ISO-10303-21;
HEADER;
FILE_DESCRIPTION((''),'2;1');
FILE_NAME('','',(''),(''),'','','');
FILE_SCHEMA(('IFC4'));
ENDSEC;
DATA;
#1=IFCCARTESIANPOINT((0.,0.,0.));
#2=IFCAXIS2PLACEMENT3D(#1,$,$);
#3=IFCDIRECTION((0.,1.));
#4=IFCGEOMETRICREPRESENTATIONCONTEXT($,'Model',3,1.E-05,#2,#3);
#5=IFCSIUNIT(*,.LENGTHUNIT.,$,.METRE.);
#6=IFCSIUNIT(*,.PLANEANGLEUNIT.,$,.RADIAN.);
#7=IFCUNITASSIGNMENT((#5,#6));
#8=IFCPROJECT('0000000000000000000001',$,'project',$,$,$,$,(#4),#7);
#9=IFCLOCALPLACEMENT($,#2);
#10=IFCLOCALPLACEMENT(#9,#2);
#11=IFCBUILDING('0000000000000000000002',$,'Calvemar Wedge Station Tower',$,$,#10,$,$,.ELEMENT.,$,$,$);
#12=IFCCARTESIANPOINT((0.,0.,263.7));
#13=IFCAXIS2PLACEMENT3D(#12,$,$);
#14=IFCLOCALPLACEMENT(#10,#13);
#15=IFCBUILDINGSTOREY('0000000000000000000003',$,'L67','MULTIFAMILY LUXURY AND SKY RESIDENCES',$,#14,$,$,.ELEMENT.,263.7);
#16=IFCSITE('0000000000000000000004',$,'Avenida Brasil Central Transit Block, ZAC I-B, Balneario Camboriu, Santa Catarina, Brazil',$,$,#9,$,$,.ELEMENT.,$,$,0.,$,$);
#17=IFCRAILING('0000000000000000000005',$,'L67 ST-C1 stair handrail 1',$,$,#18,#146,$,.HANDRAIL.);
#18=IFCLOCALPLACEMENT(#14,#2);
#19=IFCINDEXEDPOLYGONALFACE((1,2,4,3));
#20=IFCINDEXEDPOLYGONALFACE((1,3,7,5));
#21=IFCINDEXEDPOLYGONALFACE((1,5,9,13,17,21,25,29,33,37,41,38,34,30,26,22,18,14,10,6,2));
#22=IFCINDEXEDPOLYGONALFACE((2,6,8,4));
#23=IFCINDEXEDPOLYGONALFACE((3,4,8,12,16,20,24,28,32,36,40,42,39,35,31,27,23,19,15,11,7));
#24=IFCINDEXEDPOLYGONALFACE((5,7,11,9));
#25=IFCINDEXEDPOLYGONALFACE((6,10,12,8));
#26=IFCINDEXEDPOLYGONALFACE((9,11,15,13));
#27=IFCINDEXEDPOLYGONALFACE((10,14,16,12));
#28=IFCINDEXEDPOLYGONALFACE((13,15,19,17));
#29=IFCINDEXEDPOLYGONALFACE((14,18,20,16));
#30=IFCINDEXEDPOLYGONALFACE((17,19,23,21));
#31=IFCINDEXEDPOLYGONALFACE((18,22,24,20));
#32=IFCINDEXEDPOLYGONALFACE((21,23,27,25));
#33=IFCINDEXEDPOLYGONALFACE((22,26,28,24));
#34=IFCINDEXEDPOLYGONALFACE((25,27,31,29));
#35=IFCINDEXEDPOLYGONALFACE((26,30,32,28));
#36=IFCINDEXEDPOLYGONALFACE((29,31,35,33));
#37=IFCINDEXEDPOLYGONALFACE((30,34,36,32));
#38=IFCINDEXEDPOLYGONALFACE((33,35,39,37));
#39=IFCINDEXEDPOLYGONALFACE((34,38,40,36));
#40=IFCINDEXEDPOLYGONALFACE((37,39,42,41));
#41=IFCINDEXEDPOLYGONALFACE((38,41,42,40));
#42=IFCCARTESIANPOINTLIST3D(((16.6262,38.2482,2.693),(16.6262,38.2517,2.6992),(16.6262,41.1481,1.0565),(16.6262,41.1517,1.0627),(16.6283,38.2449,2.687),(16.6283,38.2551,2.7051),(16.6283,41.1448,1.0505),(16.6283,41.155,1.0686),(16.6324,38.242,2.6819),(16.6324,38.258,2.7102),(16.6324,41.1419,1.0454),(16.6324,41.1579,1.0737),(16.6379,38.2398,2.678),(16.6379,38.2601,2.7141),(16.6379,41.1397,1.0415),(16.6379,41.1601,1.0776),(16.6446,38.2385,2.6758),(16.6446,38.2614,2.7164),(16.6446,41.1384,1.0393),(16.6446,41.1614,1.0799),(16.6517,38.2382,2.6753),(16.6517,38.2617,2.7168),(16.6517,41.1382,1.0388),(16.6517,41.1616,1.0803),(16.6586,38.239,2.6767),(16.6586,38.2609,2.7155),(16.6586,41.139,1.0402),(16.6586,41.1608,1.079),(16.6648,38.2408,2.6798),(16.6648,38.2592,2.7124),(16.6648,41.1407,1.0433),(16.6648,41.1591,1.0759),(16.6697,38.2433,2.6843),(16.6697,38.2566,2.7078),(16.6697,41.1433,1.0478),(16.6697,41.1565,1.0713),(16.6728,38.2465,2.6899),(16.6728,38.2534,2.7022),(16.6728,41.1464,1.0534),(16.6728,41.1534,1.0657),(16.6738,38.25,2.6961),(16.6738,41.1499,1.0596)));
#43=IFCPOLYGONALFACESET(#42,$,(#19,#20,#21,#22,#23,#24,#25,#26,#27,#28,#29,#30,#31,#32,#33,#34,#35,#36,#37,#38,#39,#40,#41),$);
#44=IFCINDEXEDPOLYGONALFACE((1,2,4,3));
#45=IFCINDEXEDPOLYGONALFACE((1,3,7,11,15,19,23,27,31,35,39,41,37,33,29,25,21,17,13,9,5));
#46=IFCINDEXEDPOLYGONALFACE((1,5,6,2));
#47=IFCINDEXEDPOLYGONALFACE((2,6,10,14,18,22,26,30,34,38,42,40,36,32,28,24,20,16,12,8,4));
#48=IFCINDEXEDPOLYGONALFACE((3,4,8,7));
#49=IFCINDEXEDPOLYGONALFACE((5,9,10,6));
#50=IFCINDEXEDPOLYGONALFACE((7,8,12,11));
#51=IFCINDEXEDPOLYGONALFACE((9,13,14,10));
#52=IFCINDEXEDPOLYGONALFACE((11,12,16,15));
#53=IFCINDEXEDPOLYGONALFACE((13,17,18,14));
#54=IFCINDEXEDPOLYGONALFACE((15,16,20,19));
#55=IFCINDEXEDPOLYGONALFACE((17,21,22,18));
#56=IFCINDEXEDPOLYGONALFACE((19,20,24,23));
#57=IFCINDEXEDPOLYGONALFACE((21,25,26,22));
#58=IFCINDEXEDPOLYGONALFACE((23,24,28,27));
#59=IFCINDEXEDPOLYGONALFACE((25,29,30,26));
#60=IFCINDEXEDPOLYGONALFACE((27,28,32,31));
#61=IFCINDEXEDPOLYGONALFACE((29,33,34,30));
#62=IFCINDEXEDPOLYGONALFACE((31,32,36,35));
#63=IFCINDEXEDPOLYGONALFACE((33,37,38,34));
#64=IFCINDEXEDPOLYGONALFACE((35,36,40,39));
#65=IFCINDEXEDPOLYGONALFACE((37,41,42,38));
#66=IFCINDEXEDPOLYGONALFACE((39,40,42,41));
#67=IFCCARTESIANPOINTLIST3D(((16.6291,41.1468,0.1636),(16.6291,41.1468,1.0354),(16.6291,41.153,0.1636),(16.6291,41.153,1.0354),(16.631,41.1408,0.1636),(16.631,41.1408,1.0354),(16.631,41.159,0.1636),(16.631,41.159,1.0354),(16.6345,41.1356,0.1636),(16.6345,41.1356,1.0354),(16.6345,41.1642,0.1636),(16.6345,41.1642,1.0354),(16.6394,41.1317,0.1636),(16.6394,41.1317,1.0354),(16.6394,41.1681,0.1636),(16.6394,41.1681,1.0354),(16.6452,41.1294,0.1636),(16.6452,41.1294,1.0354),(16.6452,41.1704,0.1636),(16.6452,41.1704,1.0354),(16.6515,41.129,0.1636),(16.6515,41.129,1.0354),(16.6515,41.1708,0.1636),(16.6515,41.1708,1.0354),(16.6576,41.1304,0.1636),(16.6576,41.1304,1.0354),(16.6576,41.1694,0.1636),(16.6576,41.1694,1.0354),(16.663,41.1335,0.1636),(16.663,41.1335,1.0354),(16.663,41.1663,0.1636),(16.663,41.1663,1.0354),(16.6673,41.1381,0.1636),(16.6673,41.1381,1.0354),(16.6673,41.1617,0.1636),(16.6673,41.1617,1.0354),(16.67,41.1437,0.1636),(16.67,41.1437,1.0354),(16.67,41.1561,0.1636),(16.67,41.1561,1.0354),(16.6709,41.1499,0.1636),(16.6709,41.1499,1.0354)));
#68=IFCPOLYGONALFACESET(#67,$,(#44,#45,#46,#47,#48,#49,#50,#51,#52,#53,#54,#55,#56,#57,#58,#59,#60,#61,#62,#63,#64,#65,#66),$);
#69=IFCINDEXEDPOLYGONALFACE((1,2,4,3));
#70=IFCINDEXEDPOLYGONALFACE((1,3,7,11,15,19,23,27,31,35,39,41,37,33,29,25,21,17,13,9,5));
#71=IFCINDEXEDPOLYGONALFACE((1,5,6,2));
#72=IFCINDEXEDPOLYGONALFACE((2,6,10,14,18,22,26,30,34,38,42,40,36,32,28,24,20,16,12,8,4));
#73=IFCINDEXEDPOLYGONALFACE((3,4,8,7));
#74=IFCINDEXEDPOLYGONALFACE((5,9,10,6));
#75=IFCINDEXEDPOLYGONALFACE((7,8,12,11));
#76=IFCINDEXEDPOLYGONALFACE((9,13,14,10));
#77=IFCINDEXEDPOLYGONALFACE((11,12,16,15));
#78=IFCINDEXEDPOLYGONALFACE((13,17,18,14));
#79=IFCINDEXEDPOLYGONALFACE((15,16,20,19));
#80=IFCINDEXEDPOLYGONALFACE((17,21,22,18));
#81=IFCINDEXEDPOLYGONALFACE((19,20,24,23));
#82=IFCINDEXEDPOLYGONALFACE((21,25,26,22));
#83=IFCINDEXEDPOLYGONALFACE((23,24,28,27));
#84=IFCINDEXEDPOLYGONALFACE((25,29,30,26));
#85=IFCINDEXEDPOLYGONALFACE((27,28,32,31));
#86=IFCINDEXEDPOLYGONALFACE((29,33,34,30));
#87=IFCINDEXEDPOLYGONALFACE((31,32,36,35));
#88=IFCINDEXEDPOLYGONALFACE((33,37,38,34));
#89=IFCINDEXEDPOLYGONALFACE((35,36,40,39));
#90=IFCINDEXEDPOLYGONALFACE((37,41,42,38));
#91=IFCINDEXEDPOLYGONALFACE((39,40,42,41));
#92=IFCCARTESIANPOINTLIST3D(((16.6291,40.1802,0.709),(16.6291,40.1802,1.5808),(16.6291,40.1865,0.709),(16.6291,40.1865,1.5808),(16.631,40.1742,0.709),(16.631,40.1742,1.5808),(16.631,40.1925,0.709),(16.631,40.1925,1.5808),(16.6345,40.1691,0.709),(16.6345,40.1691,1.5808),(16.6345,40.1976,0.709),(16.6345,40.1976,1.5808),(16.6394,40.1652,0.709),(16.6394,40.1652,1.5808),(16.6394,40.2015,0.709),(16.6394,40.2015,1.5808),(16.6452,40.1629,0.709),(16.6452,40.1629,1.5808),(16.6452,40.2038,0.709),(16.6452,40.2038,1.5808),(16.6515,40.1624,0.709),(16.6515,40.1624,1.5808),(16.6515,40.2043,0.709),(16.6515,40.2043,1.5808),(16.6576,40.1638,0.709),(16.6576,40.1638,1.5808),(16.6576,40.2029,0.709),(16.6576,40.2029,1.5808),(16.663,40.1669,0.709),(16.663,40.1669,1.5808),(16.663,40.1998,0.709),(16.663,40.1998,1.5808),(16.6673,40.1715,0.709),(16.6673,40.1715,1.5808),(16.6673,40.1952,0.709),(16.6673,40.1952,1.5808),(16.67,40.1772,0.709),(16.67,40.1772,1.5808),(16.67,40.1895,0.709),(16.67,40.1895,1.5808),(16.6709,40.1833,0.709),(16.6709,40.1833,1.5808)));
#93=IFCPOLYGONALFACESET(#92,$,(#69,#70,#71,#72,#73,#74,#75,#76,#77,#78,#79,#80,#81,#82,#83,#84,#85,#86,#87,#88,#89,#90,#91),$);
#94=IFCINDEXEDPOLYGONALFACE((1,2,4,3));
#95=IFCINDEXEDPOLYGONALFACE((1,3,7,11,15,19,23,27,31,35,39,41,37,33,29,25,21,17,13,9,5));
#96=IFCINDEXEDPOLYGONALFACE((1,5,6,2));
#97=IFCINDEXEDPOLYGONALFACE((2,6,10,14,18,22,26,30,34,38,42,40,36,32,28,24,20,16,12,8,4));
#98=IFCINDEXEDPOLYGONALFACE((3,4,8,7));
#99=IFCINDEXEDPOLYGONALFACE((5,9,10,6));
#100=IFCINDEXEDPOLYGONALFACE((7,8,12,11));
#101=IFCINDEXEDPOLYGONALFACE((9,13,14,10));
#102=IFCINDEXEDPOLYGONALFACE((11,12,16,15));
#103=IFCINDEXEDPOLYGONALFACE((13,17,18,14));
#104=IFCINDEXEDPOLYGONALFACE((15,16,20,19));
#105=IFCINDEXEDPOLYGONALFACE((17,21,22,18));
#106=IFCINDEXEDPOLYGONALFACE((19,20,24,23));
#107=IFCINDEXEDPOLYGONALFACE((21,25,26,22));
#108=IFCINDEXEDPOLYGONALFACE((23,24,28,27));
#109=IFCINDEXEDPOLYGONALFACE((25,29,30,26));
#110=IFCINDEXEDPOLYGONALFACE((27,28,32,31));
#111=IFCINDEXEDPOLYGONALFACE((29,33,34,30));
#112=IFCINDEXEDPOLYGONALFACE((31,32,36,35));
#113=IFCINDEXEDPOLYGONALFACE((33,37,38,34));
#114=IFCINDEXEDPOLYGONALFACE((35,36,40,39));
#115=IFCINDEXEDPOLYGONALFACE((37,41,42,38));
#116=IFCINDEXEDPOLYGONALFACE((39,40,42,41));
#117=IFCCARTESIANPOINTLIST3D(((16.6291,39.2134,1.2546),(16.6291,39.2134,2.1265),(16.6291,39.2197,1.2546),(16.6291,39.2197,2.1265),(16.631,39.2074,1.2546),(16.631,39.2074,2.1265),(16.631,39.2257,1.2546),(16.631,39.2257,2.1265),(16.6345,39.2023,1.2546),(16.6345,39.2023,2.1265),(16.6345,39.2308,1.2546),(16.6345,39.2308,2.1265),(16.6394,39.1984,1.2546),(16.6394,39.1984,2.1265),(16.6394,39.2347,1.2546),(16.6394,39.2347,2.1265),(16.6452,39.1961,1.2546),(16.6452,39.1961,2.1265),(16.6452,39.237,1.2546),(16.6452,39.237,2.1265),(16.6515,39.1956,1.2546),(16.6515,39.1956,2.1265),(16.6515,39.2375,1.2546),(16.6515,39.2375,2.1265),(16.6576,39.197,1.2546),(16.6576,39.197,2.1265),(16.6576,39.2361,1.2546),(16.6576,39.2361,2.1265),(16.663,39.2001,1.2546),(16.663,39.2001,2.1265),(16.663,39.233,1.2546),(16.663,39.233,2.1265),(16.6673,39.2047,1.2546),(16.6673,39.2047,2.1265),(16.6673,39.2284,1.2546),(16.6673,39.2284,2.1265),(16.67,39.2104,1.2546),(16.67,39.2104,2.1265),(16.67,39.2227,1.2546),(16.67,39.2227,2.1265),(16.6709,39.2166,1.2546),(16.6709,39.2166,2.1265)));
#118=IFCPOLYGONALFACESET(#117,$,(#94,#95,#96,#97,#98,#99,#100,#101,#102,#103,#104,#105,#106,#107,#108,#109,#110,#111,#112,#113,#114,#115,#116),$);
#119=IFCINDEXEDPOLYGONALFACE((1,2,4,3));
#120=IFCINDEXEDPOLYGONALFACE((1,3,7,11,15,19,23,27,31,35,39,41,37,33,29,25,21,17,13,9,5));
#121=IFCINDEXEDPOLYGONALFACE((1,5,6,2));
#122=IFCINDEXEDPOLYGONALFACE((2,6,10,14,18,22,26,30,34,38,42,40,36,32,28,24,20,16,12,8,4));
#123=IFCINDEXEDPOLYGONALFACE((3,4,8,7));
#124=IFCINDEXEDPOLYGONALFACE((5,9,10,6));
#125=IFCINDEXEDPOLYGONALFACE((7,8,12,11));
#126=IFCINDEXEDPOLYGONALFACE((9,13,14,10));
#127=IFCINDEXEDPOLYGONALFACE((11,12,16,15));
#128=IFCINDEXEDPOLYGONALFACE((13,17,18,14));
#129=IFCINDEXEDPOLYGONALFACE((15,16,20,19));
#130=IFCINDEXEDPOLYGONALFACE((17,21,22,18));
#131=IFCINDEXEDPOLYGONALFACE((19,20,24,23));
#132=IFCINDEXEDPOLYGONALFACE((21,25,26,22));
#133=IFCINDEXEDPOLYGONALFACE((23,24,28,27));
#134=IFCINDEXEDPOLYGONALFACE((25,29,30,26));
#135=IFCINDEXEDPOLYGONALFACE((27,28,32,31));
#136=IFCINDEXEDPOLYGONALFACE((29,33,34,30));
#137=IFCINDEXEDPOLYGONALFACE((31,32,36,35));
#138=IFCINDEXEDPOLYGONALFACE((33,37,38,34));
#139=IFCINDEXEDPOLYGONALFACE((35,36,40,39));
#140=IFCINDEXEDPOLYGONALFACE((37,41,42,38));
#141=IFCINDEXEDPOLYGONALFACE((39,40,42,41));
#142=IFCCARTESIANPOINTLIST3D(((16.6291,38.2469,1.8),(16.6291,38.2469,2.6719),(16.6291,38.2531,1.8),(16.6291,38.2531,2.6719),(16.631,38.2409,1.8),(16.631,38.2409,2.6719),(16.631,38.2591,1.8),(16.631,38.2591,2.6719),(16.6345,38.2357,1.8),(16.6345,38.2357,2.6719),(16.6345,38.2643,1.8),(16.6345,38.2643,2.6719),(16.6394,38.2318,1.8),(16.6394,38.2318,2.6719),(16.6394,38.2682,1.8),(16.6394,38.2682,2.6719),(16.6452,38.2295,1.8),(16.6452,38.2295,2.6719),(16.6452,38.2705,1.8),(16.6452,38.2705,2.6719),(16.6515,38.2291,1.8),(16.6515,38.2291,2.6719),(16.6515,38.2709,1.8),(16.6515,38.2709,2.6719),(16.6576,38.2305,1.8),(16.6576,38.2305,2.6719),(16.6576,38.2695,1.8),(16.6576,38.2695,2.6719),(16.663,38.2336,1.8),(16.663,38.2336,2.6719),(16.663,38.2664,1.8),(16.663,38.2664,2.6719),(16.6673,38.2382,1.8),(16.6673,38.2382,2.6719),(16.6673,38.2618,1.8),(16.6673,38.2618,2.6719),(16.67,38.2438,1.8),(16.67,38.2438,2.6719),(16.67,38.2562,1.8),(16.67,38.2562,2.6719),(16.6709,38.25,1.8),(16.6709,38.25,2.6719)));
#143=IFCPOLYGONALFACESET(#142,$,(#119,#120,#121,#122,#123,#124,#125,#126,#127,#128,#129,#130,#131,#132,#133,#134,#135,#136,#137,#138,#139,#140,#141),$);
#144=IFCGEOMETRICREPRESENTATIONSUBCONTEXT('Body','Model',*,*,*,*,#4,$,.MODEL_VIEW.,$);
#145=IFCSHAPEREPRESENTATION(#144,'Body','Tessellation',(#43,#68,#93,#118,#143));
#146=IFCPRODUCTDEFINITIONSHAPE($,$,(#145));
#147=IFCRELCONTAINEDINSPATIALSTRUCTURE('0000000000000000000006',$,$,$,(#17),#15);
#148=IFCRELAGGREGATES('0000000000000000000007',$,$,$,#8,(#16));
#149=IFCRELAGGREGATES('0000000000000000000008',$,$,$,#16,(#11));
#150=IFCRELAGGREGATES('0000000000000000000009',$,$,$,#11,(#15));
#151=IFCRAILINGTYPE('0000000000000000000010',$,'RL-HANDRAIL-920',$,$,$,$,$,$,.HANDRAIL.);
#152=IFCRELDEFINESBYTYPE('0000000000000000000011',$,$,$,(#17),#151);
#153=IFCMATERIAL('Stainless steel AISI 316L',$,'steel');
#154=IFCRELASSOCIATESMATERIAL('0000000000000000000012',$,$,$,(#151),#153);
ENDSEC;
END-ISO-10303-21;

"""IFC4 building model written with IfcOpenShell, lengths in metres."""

from ifc_helpers import new_model, si_unit, direction, frame, origin, origin_2d, place, context, subcontext, project, spatial, circle, extrude, material, type_object, element, save


model = new_model("IFC4")

# Units and contexts
model_context = context("Model", 3, precision=1e-05, world=origin(), true_north=direction((0.0, 1.0)))
body_context = subcontext(model_context, "Body", "Model", "MODEL_VIEW")
ifc_project = project(units=[si_unit("LENGTHUNIT", "METRE"), si_unit("PLANEANGLEUNIT", "RADIAN")], contexts=[model_context])

# Site, building, storey
site_placement = place(None, origin())
site = spatial("IfcSite", under=ifc_project, at=site_placement, Name="Avenida Brasil Central Transit Block, ZAC I-B, Balneario Camboriu, Santa Catarina, Brazil", CompositionType="ELEMENT", RefElevation=0.0)
building_placement = place(site_placement, origin())
building = spatial("IfcBuilding", under=site, at=building_placement, Name="Calvemar Wedge Station Tower", CompositionType="ELEMENT")
storey_placement = place(building_placement, frame((0.0, 0.0, 263.7)))
storey = spatial("IfcBuildingStorey", under=building, at=storey_placement, Name="L67", Description="MULTIFAMILY LUXURY AND SKY RESIDENCES", CompositionType="ELEMENT", Elevation=263.7)

# Railing
ifc_material_1 = material(Name="Stainless steel AISI 316L", Category="steel")
railing_type_1 = type_object("IfcRailingType", Name="RL-HANDRAIL-920", PredefinedType="HANDRAIL", material=ifc_material_1)
railing_1_placement = place(storey_placement, frame((16.6499, 41.1499, 0.1636)))
element("IfcRailing", 1, at=railing_1_placement, inside=storey, type_object=railing_type_1, Name="L67 ST-C1 stair handrail 1", PredefinedType="HANDRAIL", context=body_context, shape_type="SweptSolid", body=[
    extrude(circle(Radius=0.0239, at=origin_2d()), frame((0.0, 0.0, 0.896), z_axis=(0.0, -0.870897, 0.491465), x_axis=(1.0, 0.0, 0.0)), (0.0, 0.0, 1.0), 3.3298),
    extrude(circle(Radius=0.021, at=origin_2d()), origin(), (0.0, 0.0, 1.0), 0.8718),
    extrude(circle(Radius=0.021, at=origin_2d()), frame((0.0, -0.9666, 0.5454)), (0.0, 0.0, 1.0), 0.8718),
    extrude(circle(Radius=0.021, at=origin_2d()), frame((0.0, -1.9333, 1.0911)), (0.0, 0.0, 1.0), 0.8718),
    extrude(circle(Radius=0.021, at=origin_2d()), frame((0.0, -2.8999, 1.6365)), (0.0, 0.0, 1.0), 0.8718),
])

save(model, "model.ifc")
